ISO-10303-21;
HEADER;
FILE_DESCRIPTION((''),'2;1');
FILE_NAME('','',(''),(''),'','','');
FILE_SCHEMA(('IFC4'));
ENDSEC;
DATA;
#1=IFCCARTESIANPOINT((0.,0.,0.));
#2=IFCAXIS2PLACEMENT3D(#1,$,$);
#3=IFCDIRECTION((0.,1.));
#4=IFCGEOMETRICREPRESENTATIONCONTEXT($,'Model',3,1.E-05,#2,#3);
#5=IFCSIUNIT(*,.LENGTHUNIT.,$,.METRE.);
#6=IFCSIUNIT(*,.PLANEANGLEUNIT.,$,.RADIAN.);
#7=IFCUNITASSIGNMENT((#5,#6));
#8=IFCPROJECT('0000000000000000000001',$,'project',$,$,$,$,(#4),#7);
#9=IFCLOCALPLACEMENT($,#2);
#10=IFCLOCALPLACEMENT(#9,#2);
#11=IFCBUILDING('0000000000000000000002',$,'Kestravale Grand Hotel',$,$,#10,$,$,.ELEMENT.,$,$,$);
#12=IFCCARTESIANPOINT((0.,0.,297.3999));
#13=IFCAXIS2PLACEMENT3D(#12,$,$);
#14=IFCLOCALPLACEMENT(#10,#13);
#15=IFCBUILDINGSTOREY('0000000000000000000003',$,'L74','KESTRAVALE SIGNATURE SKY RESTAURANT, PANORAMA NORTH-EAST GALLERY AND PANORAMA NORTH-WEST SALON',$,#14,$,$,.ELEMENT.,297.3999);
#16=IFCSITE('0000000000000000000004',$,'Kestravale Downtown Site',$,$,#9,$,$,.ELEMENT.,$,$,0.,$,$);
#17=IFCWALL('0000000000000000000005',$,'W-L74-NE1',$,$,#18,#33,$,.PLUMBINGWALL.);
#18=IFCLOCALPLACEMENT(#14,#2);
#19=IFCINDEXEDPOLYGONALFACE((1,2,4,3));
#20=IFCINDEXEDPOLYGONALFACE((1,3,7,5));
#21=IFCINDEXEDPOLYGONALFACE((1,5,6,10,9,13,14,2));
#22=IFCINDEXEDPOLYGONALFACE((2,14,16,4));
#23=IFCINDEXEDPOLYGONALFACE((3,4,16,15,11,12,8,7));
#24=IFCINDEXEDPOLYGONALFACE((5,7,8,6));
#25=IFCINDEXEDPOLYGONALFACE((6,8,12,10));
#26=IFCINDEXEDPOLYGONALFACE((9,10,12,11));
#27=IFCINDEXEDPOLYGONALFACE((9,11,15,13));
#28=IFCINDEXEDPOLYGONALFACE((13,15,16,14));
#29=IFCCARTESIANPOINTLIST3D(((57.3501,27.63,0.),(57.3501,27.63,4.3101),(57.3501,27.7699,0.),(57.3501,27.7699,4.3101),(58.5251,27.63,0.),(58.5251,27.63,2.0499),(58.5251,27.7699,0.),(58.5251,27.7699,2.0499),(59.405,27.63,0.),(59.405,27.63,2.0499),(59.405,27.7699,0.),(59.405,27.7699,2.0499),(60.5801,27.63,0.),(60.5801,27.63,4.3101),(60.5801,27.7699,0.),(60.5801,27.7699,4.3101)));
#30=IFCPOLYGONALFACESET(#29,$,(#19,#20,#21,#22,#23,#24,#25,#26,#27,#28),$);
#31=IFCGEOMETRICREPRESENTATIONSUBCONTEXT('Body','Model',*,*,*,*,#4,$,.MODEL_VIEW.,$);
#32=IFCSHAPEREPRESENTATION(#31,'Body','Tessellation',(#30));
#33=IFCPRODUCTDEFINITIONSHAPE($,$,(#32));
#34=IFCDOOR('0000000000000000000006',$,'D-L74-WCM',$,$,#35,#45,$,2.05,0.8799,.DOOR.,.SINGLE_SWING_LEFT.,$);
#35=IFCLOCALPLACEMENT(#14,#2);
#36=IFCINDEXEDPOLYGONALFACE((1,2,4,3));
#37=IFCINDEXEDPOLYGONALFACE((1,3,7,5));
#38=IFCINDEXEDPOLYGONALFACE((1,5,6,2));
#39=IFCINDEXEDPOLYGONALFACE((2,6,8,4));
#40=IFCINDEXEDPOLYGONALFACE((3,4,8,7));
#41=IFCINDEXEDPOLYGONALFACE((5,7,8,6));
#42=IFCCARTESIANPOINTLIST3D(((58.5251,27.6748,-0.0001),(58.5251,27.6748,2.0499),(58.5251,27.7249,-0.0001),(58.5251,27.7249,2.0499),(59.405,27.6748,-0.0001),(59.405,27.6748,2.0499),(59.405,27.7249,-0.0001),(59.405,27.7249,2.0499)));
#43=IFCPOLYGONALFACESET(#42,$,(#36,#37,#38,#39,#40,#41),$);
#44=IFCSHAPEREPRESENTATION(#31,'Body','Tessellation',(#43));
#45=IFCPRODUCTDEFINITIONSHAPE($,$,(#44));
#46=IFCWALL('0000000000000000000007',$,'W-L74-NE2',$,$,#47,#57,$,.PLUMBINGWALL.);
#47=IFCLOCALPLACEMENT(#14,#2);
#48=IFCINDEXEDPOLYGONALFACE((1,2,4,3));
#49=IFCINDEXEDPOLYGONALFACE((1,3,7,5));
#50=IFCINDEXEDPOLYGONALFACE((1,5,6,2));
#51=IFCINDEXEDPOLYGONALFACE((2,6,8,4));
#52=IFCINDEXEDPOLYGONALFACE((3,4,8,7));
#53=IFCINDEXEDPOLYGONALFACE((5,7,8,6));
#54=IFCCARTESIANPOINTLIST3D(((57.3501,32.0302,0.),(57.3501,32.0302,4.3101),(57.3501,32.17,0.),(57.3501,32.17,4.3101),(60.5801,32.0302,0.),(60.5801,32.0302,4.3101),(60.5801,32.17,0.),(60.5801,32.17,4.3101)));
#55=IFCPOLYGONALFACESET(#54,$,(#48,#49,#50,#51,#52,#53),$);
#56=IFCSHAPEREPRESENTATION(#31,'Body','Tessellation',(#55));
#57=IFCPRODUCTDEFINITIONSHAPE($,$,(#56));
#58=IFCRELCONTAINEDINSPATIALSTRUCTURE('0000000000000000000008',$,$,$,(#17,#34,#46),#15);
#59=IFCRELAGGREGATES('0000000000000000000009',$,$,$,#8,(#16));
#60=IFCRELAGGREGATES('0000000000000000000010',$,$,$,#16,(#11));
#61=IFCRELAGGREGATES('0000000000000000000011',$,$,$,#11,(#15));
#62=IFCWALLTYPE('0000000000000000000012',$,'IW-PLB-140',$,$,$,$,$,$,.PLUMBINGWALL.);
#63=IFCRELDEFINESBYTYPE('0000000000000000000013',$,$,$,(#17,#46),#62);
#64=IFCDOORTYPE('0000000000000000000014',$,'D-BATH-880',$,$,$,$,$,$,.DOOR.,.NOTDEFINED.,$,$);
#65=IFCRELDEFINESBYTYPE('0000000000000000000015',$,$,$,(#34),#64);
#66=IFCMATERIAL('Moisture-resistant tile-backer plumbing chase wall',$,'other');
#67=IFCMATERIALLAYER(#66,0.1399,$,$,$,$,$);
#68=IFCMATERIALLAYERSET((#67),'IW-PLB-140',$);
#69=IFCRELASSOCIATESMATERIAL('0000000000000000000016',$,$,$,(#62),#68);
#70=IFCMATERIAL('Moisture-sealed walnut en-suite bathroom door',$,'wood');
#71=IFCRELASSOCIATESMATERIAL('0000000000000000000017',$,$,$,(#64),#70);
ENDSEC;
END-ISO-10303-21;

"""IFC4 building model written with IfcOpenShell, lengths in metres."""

from ifc_helpers import new_model, si_unit, direction, frame, frame_2d, origin, place, context, subcontext, project, spatial, rectangle, extrude, material, layer, layer_set, type_object, element, fill, save


model = new_model("IFC4")

# Units and contexts
model_context = context("Model", 3, precision=1e-05, world=origin(), true_north=direction((0.0, 1.0)))
body_context = subcontext(model_context, "Body", "Model", "MODEL_VIEW")
ifc_project = project(units=[si_unit("LENGTHUNIT", "METRE"), si_unit("PLANEANGLEUNIT", "RADIAN")], contexts=[model_context])

# Site, building, storey
site_placement = place(None, origin())
site = spatial("IfcSite", under=ifc_project, at=site_placement, Name="Kestravale Downtown Site", CompositionType="ELEMENT", RefElevation=0.0)
building_placement = place(site_placement, origin())
building = spatial("IfcBuilding", under=site, at=building_placement, Name="Kestravale Grand Hotel", CompositionType="ELEMENT")
storey_placement = place(building_placement, frame((0.0, 0.0, 297.3999)))
storey = spatial("IfcBuildingStorey", under=building, at=storey_placement, Name="L74", Description="KESTRAVALE SIGNATURE SKY RESTAURANT, PANORAMA NORTH-EAST GALLERY AND PANORAMA NORTH-WEST SALON", CompositionType="ELEMENT", Elevation=297.3999)

# Shared definitions
ifc_material_1 = material(Name="Moisture-resistant tile-backer plumbing chase wall", Category="other")
ifc_layer_1 = layer(ifc_material_1, 0.1399)
ifc_layer_set_1 = layer_set([ifc_layer_1], Name="IW-PLB-140")
wall_type_1 = type_object("IfcWallType", Name="IW-PLB-140", PredefinedType="PLUMBINGWALL", material=ifc_layer_set_1)

# Wall, opening, door
wall_1_placement = place(storey_placement, frame((57.3501, 27.7, 0.0), z_axis=(0.0, 0.0, 1.0), x_axis=(1.0, 0.0, 0.0)))
wall_1 = element("IfcWall", 1, at=wall_1_placement, inside=storey, type_object=wall_type_1, Name="W-L74-NE1", PredefinedType="PLUMBINGWALL", context=body_context, shape_type="SweptSolid", body=[
    extrude(rectangle(XDim=3.23, YDim=0.1399, at=frame_2d((1.615, 0.0))), origin(), (0.0, 0.0, 1.0), 4.3101),
])
opening_placement = place(wall_1_placement, frame((1.175, 0.0, 0.0)))
opening = element("IfcOpeningElement", 2, at=opening_placement, cuts=wall_1, PredefinedType="OPENING", context=body_context, shape_type="SweptSolid", body=[
    extrude(rectangle(XDim=0.8799, YDim=2.05, at=frame_2d((0.4399, 1.0249))), frame((0.0, 0.0798, 0.0), z_axis=(0.0, -1.0, 0.0), x_axis=(1.0, 0.0, 0.0)), (0.0, 0.0, 1.0), 0.1599),
])
ifc_material_2 = material(Name="Moisture-sealed walnut en-suite bathroom door", Category="wood")
door_type = type_object("IfcDoorType", Name="D-BATH-880", OperationType="NOTDEFINED", PredefinedType="DOOR", material=ifc_material_2)
door_placement = place(opening_placement, origin())
door = element("IfcDoor", 3, at=door_placement, inside=storey, type_object=door_type, Name="D-L74-WCM", OperationType="SINGLE_SWING_LEFT", OverallHeight=2.05, OverallWidth=0.8799, PredefinedType="DOOR", context=body_context, shape_type="SweptSolid", body=[
    extrude(rectangle(XDim=0.8799, YDim=2.05, at=frame_2d((0.4399, 1.0249))), frame((0.0, 0.0249, 0.0), z_axis=(0.0, -1.0, 0.0), x_axis=(1.0, 0.0, 0.0)), (0.0, 0.0, 1.0), 0.05),
])
fill(opening, door)

# Wall
wall_2_placement = place(storey_placement, frame((57.3501, 32.1001, 0.0), z_axis=(0.0, 0.0, 1.0), x_axis=(1.0, 0.0, 0.0)))
element("IfcWall", 4, at=wall_2_placement, inside=storey, type_object=wall_type_1, Name="W-L74-NE2", PredefinedType="PLUMBINGWALL", context=body_context, shape_type="SweptSolid", body=[
    extrude(rectangle(XDim=3.23, YDim=0.1399, at=frame_2d((1.615, 0.0))), origin(), (0.0, 0.0, 1.0), 4.3101),
])

save(model, "model.ifc")
